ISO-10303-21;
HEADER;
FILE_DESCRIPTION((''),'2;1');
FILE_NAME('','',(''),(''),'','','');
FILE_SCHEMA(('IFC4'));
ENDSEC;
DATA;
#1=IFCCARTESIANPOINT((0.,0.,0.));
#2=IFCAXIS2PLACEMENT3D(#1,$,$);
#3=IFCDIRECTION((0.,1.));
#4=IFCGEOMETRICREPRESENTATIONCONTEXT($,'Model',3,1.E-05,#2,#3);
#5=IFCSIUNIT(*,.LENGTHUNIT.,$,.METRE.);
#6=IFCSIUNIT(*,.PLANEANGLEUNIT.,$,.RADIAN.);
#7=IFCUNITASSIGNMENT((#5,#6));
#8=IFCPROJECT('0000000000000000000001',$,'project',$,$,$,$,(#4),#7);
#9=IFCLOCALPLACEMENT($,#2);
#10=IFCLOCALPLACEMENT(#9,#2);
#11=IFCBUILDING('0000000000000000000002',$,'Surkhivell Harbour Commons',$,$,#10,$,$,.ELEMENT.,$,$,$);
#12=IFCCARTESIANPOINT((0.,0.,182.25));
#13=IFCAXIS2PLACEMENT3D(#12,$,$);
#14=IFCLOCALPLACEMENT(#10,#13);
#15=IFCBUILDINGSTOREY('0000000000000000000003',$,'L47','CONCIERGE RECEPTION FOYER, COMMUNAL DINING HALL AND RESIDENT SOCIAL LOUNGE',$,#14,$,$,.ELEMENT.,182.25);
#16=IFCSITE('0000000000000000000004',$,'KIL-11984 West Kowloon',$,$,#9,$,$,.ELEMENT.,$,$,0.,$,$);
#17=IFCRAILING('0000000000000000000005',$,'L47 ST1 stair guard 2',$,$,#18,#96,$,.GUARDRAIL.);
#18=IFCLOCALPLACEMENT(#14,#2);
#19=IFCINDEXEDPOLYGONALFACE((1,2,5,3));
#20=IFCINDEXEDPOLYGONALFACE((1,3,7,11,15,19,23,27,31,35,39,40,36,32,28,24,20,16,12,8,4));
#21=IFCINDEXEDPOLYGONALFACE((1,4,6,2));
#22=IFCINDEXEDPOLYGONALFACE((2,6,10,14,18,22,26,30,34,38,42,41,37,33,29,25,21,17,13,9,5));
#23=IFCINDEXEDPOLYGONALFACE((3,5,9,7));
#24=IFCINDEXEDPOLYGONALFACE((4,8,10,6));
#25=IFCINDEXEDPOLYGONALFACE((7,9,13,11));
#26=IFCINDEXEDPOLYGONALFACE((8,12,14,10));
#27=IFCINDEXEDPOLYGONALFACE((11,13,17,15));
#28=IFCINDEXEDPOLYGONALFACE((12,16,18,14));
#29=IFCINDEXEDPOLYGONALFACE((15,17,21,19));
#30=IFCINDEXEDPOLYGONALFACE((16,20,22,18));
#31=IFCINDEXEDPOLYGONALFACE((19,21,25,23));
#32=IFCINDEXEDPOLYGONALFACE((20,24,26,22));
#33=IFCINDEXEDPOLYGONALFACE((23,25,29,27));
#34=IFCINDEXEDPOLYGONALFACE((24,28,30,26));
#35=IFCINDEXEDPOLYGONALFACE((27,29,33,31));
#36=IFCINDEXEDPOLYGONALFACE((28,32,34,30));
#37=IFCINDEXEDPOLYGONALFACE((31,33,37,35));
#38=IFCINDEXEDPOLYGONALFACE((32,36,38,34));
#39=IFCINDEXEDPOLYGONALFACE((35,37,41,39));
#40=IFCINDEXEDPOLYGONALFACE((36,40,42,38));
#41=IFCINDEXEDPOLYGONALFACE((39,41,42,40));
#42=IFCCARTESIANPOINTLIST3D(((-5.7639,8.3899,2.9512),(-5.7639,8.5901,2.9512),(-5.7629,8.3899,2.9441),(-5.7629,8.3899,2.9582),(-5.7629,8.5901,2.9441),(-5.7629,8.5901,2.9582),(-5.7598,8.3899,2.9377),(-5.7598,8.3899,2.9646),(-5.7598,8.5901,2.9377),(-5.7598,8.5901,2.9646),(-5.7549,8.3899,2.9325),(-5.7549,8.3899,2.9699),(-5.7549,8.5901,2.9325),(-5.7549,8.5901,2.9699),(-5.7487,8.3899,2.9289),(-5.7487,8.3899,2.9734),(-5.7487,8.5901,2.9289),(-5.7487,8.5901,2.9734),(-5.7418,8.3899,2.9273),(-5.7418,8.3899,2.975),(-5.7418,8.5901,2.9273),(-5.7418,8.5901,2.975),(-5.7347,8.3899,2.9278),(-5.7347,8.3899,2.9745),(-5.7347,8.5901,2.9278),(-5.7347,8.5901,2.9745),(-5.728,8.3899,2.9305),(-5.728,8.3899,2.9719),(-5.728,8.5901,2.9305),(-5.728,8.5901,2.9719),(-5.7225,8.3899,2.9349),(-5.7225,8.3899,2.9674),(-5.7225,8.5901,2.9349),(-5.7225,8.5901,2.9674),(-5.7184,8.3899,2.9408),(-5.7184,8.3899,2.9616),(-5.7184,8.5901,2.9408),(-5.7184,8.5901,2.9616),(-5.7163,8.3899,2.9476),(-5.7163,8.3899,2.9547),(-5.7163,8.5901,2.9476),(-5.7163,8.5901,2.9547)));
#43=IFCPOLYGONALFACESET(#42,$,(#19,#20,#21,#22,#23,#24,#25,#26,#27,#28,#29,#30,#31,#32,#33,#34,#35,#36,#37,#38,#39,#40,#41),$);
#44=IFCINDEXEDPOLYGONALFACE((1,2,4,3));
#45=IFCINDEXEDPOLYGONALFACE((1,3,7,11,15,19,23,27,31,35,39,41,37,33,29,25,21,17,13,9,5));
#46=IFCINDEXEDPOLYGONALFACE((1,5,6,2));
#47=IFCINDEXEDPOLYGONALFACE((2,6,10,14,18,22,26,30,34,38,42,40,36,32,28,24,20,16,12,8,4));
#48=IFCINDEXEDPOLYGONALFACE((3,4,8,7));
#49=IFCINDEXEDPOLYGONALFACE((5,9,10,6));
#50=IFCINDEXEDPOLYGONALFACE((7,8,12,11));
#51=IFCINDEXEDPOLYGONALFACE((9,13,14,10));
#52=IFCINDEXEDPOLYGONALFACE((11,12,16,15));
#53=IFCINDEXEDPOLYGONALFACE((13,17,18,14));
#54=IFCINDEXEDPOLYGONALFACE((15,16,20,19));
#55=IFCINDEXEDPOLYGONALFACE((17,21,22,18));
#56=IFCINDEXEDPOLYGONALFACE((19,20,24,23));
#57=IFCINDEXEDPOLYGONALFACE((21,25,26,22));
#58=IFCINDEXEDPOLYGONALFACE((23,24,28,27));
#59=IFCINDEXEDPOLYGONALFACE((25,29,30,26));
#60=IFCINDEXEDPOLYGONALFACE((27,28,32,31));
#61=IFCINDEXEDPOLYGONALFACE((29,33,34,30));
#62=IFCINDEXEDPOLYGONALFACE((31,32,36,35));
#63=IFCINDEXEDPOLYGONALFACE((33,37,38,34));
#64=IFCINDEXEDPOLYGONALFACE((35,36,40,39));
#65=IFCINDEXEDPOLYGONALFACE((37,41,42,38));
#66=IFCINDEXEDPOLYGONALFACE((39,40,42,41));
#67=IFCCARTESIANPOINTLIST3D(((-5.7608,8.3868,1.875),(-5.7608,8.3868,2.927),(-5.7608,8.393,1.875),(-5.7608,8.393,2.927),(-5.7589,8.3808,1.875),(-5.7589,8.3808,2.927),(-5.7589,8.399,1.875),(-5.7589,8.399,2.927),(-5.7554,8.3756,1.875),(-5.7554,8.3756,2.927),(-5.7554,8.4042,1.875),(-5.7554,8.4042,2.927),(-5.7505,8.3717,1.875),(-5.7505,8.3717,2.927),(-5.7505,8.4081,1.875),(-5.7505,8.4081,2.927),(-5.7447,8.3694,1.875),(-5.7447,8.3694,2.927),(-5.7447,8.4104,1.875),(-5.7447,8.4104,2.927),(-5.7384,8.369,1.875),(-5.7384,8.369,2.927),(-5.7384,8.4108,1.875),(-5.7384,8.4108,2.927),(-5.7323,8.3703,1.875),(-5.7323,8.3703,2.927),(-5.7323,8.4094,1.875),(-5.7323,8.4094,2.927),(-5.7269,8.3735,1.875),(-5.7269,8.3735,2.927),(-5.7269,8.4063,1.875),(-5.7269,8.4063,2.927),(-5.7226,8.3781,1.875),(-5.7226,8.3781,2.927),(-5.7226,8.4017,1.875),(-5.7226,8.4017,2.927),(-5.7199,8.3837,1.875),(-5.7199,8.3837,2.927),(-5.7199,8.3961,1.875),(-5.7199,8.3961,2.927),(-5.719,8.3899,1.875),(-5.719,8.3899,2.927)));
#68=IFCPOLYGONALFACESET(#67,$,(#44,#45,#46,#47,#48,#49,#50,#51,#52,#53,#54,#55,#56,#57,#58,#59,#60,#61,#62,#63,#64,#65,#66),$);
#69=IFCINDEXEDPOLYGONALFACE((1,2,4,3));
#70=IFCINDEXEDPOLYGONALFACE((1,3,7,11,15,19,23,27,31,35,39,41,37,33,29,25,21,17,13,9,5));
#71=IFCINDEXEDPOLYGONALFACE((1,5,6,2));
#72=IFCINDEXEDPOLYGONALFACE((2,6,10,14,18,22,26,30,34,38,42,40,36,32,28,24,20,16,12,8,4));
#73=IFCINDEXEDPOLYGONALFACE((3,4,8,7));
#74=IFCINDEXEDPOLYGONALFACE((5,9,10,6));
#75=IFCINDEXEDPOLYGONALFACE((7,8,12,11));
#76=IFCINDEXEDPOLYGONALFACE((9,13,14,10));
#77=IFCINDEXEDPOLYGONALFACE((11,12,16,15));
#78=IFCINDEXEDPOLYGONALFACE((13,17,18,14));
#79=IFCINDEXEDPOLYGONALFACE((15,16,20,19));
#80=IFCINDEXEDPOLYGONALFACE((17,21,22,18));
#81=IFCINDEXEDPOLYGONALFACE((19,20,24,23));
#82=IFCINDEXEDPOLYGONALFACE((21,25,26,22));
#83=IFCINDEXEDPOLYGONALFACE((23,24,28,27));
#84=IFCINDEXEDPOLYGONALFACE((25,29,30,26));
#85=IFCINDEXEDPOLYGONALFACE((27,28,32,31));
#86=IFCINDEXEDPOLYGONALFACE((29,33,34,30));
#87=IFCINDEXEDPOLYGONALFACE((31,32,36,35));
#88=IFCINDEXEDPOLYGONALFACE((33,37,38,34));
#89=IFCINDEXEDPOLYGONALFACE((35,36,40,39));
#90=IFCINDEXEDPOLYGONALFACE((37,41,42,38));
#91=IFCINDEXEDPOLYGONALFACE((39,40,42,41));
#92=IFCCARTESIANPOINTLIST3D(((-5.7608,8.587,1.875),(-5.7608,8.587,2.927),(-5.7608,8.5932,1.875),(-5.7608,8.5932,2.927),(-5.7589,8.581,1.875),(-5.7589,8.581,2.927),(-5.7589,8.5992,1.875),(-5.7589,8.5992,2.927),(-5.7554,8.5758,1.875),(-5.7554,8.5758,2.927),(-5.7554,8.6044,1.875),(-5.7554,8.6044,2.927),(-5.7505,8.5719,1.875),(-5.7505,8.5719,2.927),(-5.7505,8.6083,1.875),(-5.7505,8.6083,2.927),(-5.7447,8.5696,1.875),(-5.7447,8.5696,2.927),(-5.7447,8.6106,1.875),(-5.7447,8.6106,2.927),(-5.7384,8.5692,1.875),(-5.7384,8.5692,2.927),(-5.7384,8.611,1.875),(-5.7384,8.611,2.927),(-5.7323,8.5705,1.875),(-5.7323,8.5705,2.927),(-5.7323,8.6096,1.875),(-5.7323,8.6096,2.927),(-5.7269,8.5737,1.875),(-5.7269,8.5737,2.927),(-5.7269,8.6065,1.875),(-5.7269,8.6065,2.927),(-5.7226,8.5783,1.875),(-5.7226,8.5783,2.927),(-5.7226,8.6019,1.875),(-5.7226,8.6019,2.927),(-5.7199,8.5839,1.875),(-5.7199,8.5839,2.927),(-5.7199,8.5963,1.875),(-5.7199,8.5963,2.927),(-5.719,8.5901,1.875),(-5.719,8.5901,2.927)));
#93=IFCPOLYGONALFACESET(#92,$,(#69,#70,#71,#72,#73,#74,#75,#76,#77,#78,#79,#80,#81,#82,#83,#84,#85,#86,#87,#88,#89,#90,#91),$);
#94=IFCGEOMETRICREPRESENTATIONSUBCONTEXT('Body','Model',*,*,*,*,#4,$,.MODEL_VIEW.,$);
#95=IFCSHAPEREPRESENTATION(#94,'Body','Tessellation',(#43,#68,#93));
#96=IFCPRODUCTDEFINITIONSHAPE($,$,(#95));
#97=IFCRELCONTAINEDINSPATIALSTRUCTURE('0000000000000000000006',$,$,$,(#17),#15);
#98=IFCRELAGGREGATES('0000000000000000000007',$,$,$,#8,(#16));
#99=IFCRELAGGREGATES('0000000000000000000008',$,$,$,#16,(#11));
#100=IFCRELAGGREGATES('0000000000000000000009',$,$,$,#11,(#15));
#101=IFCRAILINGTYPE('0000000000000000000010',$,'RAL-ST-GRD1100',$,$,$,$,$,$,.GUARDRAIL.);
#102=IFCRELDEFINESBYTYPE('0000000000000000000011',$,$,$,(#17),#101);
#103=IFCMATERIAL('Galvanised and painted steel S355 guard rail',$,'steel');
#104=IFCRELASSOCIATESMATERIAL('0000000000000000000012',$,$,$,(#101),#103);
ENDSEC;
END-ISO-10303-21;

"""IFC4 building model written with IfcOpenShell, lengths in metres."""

from ifc_helpers import new_model, si_unit, direction, frame, origin, origin_2d, place, context, subcontext, project, spatial, circle, extrude, material, type_object, element, save


model = new_model("IFC4")

# Units and contexts
model_context = context("Model", 3, precision=1e-05, world=origin(), true_north=direction((0.0, 1.0)))
body_context = subcontext(model_context, "Body", "Model", "MODEL_VIEW")
ifc_project = project(units=[si_unit("LENGTHUNIT", "METRE"), si_unit("PLANEANGLEUNIT", "RADIAN")], contexts=[model_context])

# Site, building, storey
site_placement = place(None, origin())
site = spatial("IfcSite", under=ifc_project, at=site_placement, Name="KIL-11984 West Kowloon", CompositionType="ELEMENT", RefElevation=0.0)
building_placement = place(site_placement, origin())
building = spatial("IfcBuilding", under=site, at=building_placement, Name="Surkhivell Harbour Commons", CompositionType="ELEMENT")
storey_placement = place(building_placement, frame((0.0, 0.0, 182.25)))
storey = spatial("IfcBuildingStorey", under=building, at=storey_placement, Name="L47", Description="CONCIERGE RECEPTION FOYER, COMMUNAL DINING HALL AND RESIDENT SOCIAL LOUNGE", CompositionType="ELEMENT", Elevation=182.25)

# Railing
ifc_material_1 = material(Name="Galvanised and painted steel S355 guard rail", Category="steel")
railing_type_1 = type_object("IfcRailingType", Name="RAL-ST-GRD1100", PredefinedType="GUARDRAIL", material=ifc_material_1)
railing_1_placement = place(storey_placement, frame((-5.74, 8.3899, 1.875)))
element("IfcRailing", 1, at=railing_1_placement, inside=storey, type_object=railing_type_1, Name="L47 ST1 stair guard 2", PredefinedType="GUARDRAIL", context=body_context, shape_type="SweptSolid", body=[
    extrude(circle(Radius=0.0239, at=origin_2d()), frame((0.0, 0.0, 1.0762), z_axis=(0.0, 1.0, 0.0), x_axis=(-1.0, 0.0, 0.0)), (0.0, 0.0, 1.0), 0.2002),
    extrude(circle(Radius=0.021, at=origin_2d()), origin(), (0.0, 0.0, 1.0), 1.052),
    extrude(circle(Radius=0.021, at=origin_2d()), frame((0.0, 0.2002, 0.0)), (0.0, 0.0, 1.0), 1.052),
])

save(model, "model.ifc")
